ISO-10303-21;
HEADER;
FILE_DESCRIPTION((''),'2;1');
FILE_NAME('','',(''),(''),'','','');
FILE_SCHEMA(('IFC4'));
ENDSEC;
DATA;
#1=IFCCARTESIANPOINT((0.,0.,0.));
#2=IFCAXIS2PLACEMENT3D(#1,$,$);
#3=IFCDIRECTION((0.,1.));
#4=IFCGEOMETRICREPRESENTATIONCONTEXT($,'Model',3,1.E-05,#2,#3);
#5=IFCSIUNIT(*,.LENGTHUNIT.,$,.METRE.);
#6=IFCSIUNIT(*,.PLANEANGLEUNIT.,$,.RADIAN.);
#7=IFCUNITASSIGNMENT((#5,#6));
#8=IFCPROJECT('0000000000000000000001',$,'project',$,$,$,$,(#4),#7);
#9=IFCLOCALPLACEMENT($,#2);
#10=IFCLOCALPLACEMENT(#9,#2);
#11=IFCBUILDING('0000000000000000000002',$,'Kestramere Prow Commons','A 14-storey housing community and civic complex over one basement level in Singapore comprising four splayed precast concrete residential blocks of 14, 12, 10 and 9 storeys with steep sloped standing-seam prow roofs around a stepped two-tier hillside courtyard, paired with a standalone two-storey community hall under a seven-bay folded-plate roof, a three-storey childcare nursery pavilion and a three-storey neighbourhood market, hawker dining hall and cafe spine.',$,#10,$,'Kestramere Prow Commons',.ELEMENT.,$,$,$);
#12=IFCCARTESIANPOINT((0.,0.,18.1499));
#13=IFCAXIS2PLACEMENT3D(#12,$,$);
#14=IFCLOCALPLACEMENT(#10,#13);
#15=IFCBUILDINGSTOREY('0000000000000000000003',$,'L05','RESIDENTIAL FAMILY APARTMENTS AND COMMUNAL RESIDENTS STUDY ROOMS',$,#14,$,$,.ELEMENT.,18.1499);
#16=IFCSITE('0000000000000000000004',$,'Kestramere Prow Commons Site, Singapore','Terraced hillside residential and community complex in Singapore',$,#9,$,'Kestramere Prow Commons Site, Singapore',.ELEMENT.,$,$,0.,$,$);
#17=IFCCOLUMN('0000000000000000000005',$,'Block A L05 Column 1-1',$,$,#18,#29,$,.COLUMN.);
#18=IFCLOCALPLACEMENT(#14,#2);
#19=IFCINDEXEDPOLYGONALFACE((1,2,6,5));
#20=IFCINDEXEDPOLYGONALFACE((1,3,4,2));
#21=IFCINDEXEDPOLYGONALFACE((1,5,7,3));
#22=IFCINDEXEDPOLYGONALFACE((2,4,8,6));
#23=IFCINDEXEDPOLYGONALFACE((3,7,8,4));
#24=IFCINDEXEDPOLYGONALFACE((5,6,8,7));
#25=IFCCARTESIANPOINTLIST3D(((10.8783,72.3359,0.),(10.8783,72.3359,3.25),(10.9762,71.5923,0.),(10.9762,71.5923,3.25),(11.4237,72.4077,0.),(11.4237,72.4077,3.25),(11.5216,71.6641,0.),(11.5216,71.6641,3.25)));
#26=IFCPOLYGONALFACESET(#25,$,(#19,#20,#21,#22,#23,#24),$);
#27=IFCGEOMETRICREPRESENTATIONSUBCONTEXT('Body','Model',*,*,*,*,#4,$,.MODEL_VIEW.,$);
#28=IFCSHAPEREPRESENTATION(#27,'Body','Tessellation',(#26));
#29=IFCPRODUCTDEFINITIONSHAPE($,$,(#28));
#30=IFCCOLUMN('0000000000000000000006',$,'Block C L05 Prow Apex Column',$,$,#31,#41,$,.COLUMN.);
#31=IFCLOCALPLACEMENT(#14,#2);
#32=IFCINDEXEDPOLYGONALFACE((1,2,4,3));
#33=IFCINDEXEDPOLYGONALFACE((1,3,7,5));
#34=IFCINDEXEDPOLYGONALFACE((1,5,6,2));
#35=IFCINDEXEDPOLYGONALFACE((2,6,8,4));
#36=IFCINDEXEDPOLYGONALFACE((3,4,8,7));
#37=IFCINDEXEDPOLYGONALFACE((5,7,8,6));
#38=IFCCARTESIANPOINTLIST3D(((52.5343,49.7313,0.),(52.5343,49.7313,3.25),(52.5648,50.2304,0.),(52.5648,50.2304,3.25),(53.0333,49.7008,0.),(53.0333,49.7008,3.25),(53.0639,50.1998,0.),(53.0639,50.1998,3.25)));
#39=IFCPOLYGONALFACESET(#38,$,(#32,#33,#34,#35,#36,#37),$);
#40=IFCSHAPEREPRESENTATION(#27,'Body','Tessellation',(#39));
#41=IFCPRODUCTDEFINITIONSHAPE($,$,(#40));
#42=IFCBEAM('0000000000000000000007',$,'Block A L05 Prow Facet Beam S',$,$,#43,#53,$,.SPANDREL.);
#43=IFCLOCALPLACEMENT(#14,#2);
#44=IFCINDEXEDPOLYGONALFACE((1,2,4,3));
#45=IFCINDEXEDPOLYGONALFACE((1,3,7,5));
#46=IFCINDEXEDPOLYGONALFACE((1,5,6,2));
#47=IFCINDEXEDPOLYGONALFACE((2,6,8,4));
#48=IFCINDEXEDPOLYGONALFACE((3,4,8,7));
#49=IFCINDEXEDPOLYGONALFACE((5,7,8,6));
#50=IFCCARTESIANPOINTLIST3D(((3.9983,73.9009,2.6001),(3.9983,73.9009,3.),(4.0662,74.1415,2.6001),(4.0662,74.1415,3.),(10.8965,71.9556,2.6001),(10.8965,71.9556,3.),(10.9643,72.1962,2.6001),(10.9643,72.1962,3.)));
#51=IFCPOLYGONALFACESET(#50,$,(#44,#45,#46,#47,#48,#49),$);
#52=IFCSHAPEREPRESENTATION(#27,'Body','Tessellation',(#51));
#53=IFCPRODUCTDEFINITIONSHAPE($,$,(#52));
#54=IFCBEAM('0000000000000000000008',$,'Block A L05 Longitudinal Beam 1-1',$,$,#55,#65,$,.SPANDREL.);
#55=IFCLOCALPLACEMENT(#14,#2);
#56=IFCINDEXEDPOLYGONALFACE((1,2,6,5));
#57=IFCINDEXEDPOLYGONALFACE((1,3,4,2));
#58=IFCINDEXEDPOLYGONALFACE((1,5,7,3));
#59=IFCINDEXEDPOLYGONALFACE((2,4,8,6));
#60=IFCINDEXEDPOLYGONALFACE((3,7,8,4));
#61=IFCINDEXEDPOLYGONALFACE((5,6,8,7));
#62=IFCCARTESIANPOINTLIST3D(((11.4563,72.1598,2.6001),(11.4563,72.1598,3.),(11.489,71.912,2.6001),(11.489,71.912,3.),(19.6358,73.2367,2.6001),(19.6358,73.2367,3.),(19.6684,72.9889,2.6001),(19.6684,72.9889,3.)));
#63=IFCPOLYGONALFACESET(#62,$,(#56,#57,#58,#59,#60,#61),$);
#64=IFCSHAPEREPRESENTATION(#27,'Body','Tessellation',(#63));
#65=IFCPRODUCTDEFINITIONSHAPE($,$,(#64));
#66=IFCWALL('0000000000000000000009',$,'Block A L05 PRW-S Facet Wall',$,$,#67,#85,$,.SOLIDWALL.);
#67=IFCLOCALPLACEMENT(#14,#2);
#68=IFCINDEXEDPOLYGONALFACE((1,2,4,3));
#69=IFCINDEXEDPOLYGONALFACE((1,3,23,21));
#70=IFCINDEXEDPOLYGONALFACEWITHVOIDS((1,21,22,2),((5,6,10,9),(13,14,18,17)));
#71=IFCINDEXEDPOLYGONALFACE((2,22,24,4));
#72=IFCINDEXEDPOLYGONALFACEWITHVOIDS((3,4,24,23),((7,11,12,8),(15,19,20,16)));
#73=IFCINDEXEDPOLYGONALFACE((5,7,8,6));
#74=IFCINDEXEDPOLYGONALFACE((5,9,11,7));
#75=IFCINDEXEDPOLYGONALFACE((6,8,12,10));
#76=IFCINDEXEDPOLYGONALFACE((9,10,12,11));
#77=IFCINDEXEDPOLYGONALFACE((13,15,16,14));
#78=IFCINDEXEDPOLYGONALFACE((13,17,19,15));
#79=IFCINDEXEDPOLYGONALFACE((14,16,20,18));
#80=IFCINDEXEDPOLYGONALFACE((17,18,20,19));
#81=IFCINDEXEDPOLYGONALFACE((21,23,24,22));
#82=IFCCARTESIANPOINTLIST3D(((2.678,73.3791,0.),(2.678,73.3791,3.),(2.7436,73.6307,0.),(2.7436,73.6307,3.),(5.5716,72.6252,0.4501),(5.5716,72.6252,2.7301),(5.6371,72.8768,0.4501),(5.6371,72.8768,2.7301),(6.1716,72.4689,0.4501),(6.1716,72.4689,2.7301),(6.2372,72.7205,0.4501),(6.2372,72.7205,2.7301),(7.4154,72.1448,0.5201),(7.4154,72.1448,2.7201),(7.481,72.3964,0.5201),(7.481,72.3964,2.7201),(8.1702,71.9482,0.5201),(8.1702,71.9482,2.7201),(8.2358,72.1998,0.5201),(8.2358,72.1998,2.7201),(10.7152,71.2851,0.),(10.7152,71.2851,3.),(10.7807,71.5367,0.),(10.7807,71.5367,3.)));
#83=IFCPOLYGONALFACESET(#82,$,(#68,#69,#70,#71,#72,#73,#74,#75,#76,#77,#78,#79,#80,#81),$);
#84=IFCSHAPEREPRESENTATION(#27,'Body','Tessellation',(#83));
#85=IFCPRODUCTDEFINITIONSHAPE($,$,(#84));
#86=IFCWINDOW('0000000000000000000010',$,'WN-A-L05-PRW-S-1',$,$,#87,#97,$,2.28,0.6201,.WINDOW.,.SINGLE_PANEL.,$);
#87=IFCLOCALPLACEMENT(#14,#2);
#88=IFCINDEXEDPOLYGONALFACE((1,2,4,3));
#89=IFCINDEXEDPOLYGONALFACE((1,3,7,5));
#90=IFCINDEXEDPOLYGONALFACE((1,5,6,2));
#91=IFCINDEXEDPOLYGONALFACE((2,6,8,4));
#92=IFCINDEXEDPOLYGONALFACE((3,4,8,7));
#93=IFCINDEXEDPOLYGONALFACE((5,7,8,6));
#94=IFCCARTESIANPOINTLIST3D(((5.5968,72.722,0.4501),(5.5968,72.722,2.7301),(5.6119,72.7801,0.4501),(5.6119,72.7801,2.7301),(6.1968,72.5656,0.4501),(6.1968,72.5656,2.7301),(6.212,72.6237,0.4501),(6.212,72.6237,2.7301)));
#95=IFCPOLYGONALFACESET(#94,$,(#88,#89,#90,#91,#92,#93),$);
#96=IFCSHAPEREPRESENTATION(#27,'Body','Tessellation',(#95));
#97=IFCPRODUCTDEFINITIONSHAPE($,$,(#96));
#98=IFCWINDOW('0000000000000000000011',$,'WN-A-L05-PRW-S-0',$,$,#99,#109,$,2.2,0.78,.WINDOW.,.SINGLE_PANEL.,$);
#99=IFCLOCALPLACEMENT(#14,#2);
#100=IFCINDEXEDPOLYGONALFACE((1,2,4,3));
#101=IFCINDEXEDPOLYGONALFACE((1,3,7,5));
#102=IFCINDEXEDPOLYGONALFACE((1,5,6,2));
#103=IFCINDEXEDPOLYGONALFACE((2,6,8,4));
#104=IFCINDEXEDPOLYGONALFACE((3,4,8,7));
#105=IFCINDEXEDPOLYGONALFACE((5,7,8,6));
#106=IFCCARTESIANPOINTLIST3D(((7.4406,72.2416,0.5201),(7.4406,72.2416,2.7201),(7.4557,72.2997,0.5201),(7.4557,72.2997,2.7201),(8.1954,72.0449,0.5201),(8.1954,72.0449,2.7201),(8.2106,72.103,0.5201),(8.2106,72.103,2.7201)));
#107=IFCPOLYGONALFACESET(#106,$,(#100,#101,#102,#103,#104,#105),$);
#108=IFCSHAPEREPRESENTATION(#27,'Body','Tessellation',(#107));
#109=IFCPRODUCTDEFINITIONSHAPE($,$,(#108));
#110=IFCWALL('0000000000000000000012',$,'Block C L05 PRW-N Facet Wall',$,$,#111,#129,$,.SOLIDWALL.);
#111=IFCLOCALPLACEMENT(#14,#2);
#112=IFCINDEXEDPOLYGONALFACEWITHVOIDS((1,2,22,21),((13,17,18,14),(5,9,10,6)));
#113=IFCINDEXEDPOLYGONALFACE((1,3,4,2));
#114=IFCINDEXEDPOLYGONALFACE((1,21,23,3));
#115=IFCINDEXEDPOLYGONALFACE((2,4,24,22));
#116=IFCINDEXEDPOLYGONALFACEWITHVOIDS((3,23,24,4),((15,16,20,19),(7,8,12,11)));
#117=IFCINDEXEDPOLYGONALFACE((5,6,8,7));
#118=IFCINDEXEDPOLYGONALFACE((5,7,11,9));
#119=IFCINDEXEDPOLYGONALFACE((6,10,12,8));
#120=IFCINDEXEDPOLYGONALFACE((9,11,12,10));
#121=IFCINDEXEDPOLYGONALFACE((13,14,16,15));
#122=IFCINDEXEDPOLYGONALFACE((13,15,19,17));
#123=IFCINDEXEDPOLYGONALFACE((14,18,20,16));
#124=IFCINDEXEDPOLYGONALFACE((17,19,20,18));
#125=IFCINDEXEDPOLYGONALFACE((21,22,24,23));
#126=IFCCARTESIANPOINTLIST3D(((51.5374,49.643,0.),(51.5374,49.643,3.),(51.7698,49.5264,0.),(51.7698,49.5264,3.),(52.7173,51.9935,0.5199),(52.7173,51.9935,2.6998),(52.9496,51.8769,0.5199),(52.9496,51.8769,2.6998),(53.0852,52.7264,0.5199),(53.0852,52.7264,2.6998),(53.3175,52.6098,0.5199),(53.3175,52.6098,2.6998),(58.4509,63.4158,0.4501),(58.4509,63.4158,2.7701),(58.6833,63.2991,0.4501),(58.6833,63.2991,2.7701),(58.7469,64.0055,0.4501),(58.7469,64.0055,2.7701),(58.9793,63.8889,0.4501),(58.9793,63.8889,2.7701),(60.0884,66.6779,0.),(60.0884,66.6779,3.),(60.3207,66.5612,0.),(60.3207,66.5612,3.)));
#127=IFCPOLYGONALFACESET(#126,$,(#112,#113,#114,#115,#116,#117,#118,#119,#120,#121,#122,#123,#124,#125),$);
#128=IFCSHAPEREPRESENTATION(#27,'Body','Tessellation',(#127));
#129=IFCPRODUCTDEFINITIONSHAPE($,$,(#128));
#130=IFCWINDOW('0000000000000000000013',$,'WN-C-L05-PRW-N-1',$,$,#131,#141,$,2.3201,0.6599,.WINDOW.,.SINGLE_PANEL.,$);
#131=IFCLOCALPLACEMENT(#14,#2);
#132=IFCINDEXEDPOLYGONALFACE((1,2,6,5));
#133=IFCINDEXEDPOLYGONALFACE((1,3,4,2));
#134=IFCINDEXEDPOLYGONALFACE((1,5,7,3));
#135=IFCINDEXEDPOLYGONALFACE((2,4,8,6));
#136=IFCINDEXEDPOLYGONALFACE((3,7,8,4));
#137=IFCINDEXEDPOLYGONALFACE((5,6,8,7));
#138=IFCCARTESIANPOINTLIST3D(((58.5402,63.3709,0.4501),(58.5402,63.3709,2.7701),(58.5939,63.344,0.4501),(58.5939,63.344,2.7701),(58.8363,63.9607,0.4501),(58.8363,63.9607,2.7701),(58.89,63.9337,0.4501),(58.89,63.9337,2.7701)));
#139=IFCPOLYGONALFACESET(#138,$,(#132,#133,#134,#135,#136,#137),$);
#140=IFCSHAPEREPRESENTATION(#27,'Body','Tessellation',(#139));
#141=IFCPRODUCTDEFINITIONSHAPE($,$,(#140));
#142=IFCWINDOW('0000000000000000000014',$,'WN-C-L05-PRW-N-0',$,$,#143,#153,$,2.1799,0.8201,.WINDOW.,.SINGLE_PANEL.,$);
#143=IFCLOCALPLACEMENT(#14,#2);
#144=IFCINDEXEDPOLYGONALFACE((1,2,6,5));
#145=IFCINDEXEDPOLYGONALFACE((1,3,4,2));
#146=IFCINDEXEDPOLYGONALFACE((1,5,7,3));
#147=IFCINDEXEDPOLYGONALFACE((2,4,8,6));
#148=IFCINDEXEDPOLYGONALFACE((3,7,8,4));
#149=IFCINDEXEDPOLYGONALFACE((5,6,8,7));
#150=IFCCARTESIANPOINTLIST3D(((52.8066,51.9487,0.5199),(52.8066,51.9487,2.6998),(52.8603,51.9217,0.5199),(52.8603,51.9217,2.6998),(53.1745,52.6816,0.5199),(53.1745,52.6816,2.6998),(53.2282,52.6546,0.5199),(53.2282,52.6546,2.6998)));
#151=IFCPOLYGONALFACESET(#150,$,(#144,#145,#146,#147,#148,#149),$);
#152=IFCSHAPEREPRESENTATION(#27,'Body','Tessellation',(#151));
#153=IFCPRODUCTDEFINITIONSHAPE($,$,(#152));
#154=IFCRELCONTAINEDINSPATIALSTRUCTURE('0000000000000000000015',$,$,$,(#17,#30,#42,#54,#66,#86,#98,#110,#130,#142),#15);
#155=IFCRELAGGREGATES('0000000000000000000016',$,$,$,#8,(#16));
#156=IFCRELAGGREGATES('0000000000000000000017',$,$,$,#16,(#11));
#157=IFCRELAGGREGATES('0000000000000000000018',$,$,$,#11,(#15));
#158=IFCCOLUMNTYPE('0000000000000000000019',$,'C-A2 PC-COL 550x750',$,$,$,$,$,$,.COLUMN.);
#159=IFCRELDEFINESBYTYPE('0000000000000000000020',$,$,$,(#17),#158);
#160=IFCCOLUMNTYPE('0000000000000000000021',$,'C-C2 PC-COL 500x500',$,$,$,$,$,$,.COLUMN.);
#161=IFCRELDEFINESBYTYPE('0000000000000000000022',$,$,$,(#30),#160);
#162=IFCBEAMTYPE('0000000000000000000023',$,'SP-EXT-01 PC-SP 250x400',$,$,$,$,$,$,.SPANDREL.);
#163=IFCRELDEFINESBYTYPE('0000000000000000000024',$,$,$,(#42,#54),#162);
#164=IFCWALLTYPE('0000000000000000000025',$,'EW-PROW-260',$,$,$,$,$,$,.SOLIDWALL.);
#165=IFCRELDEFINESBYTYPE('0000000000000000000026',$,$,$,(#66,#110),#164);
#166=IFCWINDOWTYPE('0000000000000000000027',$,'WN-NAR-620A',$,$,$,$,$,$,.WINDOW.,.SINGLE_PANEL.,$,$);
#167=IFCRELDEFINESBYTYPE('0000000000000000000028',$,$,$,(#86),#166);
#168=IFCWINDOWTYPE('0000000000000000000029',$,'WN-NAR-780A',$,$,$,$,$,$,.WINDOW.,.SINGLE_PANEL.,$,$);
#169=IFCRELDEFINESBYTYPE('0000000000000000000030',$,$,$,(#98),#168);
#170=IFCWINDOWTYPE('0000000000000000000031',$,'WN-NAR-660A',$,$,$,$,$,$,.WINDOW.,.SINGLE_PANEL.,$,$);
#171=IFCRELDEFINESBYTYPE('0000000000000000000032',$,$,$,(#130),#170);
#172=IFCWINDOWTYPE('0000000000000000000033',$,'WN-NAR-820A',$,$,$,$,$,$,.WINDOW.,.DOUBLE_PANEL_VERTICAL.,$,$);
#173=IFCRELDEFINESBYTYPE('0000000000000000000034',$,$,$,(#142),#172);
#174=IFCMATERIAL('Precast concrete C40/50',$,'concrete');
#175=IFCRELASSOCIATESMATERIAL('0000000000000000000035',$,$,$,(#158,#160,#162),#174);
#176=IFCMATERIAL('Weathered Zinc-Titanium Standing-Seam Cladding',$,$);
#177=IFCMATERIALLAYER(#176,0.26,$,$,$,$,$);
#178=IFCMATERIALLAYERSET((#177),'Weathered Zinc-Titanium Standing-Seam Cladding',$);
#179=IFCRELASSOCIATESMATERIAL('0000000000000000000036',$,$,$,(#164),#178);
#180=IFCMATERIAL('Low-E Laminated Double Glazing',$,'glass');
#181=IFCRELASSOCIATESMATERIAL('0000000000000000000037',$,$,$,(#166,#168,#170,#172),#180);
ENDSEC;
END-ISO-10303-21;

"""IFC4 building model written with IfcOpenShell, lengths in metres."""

from ifc_helpers import new_model, si_unit, direction, frame, frame_2d, origin, origin_2d, place, context, subcontext, project, spatial, rectangle, extrude, material, layer, layer_set, material_profile, profile_set, type_object, element, fill, save


model = new_model("IFC4")

# Units and contexts
model_context = context("Model", 3, precision=1e-05, world=origin(), true_north=direction((0.0, 1.0)))
body_context = subcontext(model_context, "Body", "Model", "MODEL_VIEW")
ifc_project = project(units=[si_unit("LENGTHUNIT", "METRE"), si_unit("PLANEANGLEUNIT", "RADIAN")], contexts=[model_context])

# Site, building, storey
site_placement = place(None, origin())
site = spatial("IfcSite", under=ifc_project, at=site_placement, Name="Kestramere Prow Commons Site, Singapore", Description="Terraced hillside residential and community complex in Singapore", LongName="Kestramere Prow Commons Site, Singapore", CompositionType="ELEMENT", RefElevation=0.0)
building_placement = place(site_placement, origin())
building = spatial("IfcBuilding", under=site, at=building_placement, Name="Kestramere Prow Commons", Description="A 14-storey housing community and civic complex over one basement level in Singapore comprising four splayed precast concrete residential blocks of 14, 12, 10 and 9 storeys with steep sloped standing-seam prow roofs around a stepped two-tier hillside courtyard, paired with a standalone two-storey community hall under a seven-bay folded-plate roof, a three-storey childcare nursery pavilion and a three-storey neighbourhood market, hawker dining hall and cafe spine.", LongName="Kestramere Prow Commons", CompositionType="ELEMENT")
storey_placement = place(building_placement, frame((0.0, 0.0, 18.1499)))
storey = spatial("IfcBuildingStorey", under=building, at=storey_placement, Name="L05", Description="RESIDENTIAL FAMILY APARTMENTS AND COMMUNAL RESIDENTS STUDY ROOMS", CompositionType="ELEMENT", Elevation=18.1499)

# Columns
ifc_material_1 = material(Name="Precast concrete C40/50", Category="concrete")
ifc_material_profile_1 = material_profile(ifc_material_1, rectangle(XDim=0.55, YDim=0.75, at=origin_2d()), Name="PC-COL 550x750")
ifc_profile_set_1 = profile_set([ifc_material_profile_1], Name="Precast concrete C40/50")
column_type_1 = type_object("IfcColumnType", Name="C-A2 PC-COL 550x750", PredefinedType="COLUMN", material=ifc_profile_set_1)
column_1_placement = place(storey_placement, frame((11.2, 72.0, 0.0), z_axis=(0.0, 0.0, 1.0), x_axis=(0.991445, 0.130526, 0.0)))
element("IfcColumn", 1, at=column_1_placement, inside=storey, type_object=column_type_1, Name="Block A L05 Column 1-1", PredefinedType="COLUMN", context=body_context, shape_type="SweptSolid", body=[
    extrude(rectangle(XDim=0.55, YDim=0.75, at=origin_2d()), origin(), (0.0, 0.0, 1.0), 3.25),
])
ifc_material_profile_2 = material_profile(ifc_material_1, rectangle(XDim=0.5, YDim=0.5, at=origin_2d()), Name="PC-COL 500x500")
ifc_profile_set_2 = profile_set([ifc_material_profile_2], Name="Precast concrete C40/50")
column_type_2 = type_object("IfcColumnType", Name="C-C2 PC-COL 500x500", PredefinedType="COLUMN", material=ifc_profile_set_2)
column_2_placement = place(storey_placement, frame((52.7991, 49.9656, 0.0), z_axis=(0.0, 0.0, 1.0), x_axis=(0.998135, -0.061049, 0.0)))
element("IfcColumn", 2, at=column_2_placement, inside=storey, type_object=column_type_2, Name="Block C L05 Prow Apex Column", PredefinedType="COLUMN", context=body_context, shape_type="SweptSolid", body=[
    extrude(rectangle(XDim=0.5, YDim=0.5, at=origin_2d()), origin(), (0.0, 0.0, 1.0), 3.25),
])

# Beams
ifc_material_profile_3 = material_profile(ifc_material_1, rectangle(XDim=0.25, YDim=0.3999, at=origin_2d()), Name="PC-SP 250x400")
ifc_profile_set_3 = profile_set([ifc_material_profile_3], Name="Precast concrete C40/50")
beam_type = type_object("IfcBeamType", Name="SP-EXT-01 PC-SP 250x400", PredefinedType="SPANDREL", material=ifc_profile_set_3)
beam_1_placement = place(storey_placement, frame((10.9304, 72.0759, 2.8), z_axis=(-0.962462, 0.271417, 0.0), x_axis=(-0.271417, -0.962462, 0.0)))
element("IfcBeam", 3, at=beam_1_placement, inside=storey, type_object=beam_type, Name="Block A L05 Prow Facet Beam S", PredefinedType="SPANDREL", context=body_context, shape_type="SweptSolid", body=[
    extrude(rectangle(XDim=0.25, YDim=0.3999, at=origin_2d()), origin(), (0.0, 0.0, 1.0), 7.1672),
])
beam_2_placement = place(storey_placement, frame((11.4727, 72.0359, 2.8), z_axis=(0.991444, 0.130533, 0.0), x_axis=(-0.130533, 0.991444, 0.0)))
element("IfcBeam", 4, at=beam_2_placement, inside=storey, type_object=beam_type, Name="Block A L05 Longitudinal Beam 1-1", PredefinedType="SPANDREL", context=body_context, shape_type="SweptSolid", body=[
    extrude(rectangle(XDim=0.25, YDim=0.3999, at=origin_2d()), origin(), (0.0, 0.0, 1.0), 8.25),
])

# Walls, openings, windows
ifc_material_2 = material(Name="Weathered Zinc-Titanium Standing-Seam Cladding")
ifc_layer_1 = layer(ifc_material_2, 0.26)
ifc_layer_set_1 = layer_set([ifc_layer_1], Name="Weathered Zinc-Titanium Standing-Seam Cladding")
wall_type_1 = type_object("IfcWallType", Name="EW-PROW-260", PredefinedType="SOLIDWALL", material=ifc_layer_set_1)
wall_1_placement = place(storey_placement, frame((10.748, 71.4109, 0.0), z_axis=(0.0, 0.0, 1.0), x_axis=(-0.967695, 0.252124, 0.0)))
wall_1 = element("IfcWall", 5, at=wall_1_placement, inside=storey, type_object=wall_type_1, Name="Block A L05 PRW-S Facet Wall", PredefinedType="SOLIDWALL", context=body_context, shape_type="SweptSolid", body=[
    extrude(rectangle(XDim=8.3054, YDim=0.26, at=frame_2d((4.1528, 0.0))), origin(), (0.0, 0.0, 1.0), 3.0),
])
opening_1_placement = place(wall_1_placement, frame((2.6299, 0.0, 0.52)))
opening_1 = element("IfcOpeningElement", 6, at=opening_1_placement, cuts=wall_1, PredefinedType="OPENING", context=body_context, shape_type="SweptSolid", body=[
    extrude(rectangle(XDim=0.78, YDim=2.2, at=frame_2d((0.3901, 1.1001))), frame((0.0, 0.145, 0.0), z_axis=(0.0, -1.0, 0.0), x_axis=(1.0, 0.0, 0.0)), (0.0, 0.0, 1.0), 0.29),
])
opening_2_placement = place(wall_1_placement, frame((4.6953, 0.0, 0.45)))
opening_2 = element("IfcOpeningElement", 7, at=opening_2_placement, cuts=wall_1, PredefinedType="OPENING", context=body_context, shape_type="SweptSolid", body=[
    extrude(rectangle(XDim=0.6201, YDim=2.28, at=frame_2d((0.3101, 1.1401))), frame((0.0, 0.145, 0.0), z_axis=(0.0, -1.0, 0.0), x_axis=(1.0, 0.0, 0.0)), (0.0, 0.0, 1.0), 0.29),
])
ifc_material_3 = material(Name="Low-E Laminated Double Glazing", Category="glass")
window_type_1 = type_object("IfcWindowType", Name="WN-NAR-620A", PartitioningType="SINGLE_PANEL", PredefinedType="WINDOW", material=ifc_material_3)
window_1_placement = place(opening_2_placement, origin())
window_1 = element("IfcWindow", 8, at=window_1_placement, inside=storey, type_object=window_type_1, Name="WN-A-L05-PRW-S-1", OverallHeight=2.28, OverallWidth=0.6201, PartitioningType="SINGLE_PANEL", PredefinedType="WINDOW", context=body_context, shape_type="SweptSolid", body=[
    extrude(rectangle(XDim=0.6201, YDim=2.28, at=frame_2d((0.3101, 1.1401))), frame((0.0, 0.03, 0.0), z_axis=(0.0, -1.0, 0.0), x_axis=(1.0, 0.0, 0.0)), (0.0, 0.0, 1.0), 0.0601),
])
fill(opening_2, window_1)
window_type_2 = type_object("IfcWindowType", Name="WN-NAR-780A", PartitioningType="SINGLE_PANEL", PredefinedType="WINDOW", material=ifc_material_3)
window_2_placement = place(opening_1_placement, origin())
window_2 = element("IfcWindow", 9, at=window_2_placement, inside=storey, type_object=window_type_2, Name="WN-A-L05-PRW-S-0", OverallHeight=2.2, OverallWidth=0.78, PartitioningType="SINGLE_PANEL", PredefinedType="WINDOW", context=body_context, shape_type="SweptSolid", body=[
    extrude(rectangle(XDim=0.78, YDim=2.2, at=frame_2d((0.3901, 1.1001))), frame((0.0, 0.03, 0.0), z_axis=(0.0, -1.0, 0.0), x_axis=(1.0, 0.0, 0.0)), (0.0, 0.0, 1.0), 0.0601),
])
fill(opening_1, window_2)
wall_2_placement = place(storey_placement, frame((51.6536, 49.5847, 0.0), z_axis=(0.0, 0.0, 1.0), x_axis=(0.448622, 0.893722, 0.0)))
wall_2 = element("IfcWall", 10, at=wall_2_placement, inside=storey, type_object=wall_type_1, Name="Block C L05 PRW-N Facet Wall", PredefinedType="SOLIDWALL", context=body_context, shape_type="SweptSolid", body=[
    extrude(rectangle(XDim=19.0605, YDim=0.26, at=frame_2d((9.5303, 0.0))), origin(), (0.0, 0.0, 1.0), 3.0),
])
opening_3_placement = place(wall_2_placement, frame((2.6299, 0.0, 0.52)))
opening_3 = element("IfcOpeningElement", 11, at=opening_3_placement, cuts=wall_2, PredefinedType="OPENING", context=body_context, shape_type="SweptSolid", body=[
    extrude(rectangle(XDim=0.8201, YDim=2.1799, at=frame_2d((0.4102, 1.0898))), frame((0.0, 0.145, 0.0), z_axis=(0.0, -1.0, 0.0), x_axis=(1.0, 0.0, 0.0)), (0.0, 0.0, 1.0), 0.29),
])
opening_4_placement = place(wall_2_placement, frame((15.4104, 0.0, 0.45)))
opening_4 = element("IfcOpeningElement", 12, at=opening_4_placement, cuts=wall_2, PredefinedType="OPENING", context=body_context, shape_type="SweptSolid", body=[
    extrude(rectangle(XDim=0.6599, YDim=2.3201, at=frame_2d((0.3301, 1.1602))), frame((0.0, 0.145, 0.0), z_axis=(0.0, -1.0, 0.0), x_axis=(1.0, 0.0, 0.0)), (0.0, 0.0, 1.0), 0.29),
])
window_type_3 = type_object("IfcWindowType", Name="WN-NAR-660A", PartitioningType="SINGLE_PANEL", PredefinedType="WINDOW", material=ifc_material_3)
window_3_placement = place(opening_4_placement, origin())
window_3 = element("IfcWindow", 13, at=window_3_placement, inside=storey, type_object=window_type_3, Name="WN-C-L05-PRW-N-1", OverallHeight=2.3201, OverallWidth=0.6599, PartitioningType="SINGLE_PANEL", PredefinedType="WINDOW", context=body_context, shape_type="SweptSolid", body=[
    extrude(rectangle(XDim=0.6599, YDim=2.3201, at=frame_2d((0.3301, 1.1602))), frame((0.0, 0.03, 0.0), z_axis=(0.0, -1.0, 0.0), x_axis=(1.0, 0.0, 0.0)), (0.0, 0.0, 1.0), 0.0601),
])
fill(opening_4, window_3)
window_type_4 = type_object("IfcWindowType", Name="WN-NAR-820A", PartitioningType="DOUBLE_PANEL_VERTICAL", PredefinedType="WINDOW", material=ifc_material_3)
window_4_placement = place(opening_3_placement, origin())
window_4 = element("IfcWindow", 14, at=window_4_placement, inside=storey, type_object=window_type_4, Name="WN-C-L05-PRW-N-0", OverallHeight=2.1799, OverallWidth=0.8201, PartitioningType="SINGLE_PANEL", PredefinedType="WINDOW", context=body_context, shape_type="SweptSolid", body=[
    extrude(rectangle(XDim=0.8201, YDim=2.1799, at=frame_2d((0.4102, 1.0898))), frame((0.0, 0.03, 0.0), z_axis=(0.0, -1.0, 0.0), x_axis=(1.0, 0.0, 0.0)), (0.0, 0.0, 1.0), 0.0601),
])
fill(opening_3, window_4)

save(model, "model.ifc")
